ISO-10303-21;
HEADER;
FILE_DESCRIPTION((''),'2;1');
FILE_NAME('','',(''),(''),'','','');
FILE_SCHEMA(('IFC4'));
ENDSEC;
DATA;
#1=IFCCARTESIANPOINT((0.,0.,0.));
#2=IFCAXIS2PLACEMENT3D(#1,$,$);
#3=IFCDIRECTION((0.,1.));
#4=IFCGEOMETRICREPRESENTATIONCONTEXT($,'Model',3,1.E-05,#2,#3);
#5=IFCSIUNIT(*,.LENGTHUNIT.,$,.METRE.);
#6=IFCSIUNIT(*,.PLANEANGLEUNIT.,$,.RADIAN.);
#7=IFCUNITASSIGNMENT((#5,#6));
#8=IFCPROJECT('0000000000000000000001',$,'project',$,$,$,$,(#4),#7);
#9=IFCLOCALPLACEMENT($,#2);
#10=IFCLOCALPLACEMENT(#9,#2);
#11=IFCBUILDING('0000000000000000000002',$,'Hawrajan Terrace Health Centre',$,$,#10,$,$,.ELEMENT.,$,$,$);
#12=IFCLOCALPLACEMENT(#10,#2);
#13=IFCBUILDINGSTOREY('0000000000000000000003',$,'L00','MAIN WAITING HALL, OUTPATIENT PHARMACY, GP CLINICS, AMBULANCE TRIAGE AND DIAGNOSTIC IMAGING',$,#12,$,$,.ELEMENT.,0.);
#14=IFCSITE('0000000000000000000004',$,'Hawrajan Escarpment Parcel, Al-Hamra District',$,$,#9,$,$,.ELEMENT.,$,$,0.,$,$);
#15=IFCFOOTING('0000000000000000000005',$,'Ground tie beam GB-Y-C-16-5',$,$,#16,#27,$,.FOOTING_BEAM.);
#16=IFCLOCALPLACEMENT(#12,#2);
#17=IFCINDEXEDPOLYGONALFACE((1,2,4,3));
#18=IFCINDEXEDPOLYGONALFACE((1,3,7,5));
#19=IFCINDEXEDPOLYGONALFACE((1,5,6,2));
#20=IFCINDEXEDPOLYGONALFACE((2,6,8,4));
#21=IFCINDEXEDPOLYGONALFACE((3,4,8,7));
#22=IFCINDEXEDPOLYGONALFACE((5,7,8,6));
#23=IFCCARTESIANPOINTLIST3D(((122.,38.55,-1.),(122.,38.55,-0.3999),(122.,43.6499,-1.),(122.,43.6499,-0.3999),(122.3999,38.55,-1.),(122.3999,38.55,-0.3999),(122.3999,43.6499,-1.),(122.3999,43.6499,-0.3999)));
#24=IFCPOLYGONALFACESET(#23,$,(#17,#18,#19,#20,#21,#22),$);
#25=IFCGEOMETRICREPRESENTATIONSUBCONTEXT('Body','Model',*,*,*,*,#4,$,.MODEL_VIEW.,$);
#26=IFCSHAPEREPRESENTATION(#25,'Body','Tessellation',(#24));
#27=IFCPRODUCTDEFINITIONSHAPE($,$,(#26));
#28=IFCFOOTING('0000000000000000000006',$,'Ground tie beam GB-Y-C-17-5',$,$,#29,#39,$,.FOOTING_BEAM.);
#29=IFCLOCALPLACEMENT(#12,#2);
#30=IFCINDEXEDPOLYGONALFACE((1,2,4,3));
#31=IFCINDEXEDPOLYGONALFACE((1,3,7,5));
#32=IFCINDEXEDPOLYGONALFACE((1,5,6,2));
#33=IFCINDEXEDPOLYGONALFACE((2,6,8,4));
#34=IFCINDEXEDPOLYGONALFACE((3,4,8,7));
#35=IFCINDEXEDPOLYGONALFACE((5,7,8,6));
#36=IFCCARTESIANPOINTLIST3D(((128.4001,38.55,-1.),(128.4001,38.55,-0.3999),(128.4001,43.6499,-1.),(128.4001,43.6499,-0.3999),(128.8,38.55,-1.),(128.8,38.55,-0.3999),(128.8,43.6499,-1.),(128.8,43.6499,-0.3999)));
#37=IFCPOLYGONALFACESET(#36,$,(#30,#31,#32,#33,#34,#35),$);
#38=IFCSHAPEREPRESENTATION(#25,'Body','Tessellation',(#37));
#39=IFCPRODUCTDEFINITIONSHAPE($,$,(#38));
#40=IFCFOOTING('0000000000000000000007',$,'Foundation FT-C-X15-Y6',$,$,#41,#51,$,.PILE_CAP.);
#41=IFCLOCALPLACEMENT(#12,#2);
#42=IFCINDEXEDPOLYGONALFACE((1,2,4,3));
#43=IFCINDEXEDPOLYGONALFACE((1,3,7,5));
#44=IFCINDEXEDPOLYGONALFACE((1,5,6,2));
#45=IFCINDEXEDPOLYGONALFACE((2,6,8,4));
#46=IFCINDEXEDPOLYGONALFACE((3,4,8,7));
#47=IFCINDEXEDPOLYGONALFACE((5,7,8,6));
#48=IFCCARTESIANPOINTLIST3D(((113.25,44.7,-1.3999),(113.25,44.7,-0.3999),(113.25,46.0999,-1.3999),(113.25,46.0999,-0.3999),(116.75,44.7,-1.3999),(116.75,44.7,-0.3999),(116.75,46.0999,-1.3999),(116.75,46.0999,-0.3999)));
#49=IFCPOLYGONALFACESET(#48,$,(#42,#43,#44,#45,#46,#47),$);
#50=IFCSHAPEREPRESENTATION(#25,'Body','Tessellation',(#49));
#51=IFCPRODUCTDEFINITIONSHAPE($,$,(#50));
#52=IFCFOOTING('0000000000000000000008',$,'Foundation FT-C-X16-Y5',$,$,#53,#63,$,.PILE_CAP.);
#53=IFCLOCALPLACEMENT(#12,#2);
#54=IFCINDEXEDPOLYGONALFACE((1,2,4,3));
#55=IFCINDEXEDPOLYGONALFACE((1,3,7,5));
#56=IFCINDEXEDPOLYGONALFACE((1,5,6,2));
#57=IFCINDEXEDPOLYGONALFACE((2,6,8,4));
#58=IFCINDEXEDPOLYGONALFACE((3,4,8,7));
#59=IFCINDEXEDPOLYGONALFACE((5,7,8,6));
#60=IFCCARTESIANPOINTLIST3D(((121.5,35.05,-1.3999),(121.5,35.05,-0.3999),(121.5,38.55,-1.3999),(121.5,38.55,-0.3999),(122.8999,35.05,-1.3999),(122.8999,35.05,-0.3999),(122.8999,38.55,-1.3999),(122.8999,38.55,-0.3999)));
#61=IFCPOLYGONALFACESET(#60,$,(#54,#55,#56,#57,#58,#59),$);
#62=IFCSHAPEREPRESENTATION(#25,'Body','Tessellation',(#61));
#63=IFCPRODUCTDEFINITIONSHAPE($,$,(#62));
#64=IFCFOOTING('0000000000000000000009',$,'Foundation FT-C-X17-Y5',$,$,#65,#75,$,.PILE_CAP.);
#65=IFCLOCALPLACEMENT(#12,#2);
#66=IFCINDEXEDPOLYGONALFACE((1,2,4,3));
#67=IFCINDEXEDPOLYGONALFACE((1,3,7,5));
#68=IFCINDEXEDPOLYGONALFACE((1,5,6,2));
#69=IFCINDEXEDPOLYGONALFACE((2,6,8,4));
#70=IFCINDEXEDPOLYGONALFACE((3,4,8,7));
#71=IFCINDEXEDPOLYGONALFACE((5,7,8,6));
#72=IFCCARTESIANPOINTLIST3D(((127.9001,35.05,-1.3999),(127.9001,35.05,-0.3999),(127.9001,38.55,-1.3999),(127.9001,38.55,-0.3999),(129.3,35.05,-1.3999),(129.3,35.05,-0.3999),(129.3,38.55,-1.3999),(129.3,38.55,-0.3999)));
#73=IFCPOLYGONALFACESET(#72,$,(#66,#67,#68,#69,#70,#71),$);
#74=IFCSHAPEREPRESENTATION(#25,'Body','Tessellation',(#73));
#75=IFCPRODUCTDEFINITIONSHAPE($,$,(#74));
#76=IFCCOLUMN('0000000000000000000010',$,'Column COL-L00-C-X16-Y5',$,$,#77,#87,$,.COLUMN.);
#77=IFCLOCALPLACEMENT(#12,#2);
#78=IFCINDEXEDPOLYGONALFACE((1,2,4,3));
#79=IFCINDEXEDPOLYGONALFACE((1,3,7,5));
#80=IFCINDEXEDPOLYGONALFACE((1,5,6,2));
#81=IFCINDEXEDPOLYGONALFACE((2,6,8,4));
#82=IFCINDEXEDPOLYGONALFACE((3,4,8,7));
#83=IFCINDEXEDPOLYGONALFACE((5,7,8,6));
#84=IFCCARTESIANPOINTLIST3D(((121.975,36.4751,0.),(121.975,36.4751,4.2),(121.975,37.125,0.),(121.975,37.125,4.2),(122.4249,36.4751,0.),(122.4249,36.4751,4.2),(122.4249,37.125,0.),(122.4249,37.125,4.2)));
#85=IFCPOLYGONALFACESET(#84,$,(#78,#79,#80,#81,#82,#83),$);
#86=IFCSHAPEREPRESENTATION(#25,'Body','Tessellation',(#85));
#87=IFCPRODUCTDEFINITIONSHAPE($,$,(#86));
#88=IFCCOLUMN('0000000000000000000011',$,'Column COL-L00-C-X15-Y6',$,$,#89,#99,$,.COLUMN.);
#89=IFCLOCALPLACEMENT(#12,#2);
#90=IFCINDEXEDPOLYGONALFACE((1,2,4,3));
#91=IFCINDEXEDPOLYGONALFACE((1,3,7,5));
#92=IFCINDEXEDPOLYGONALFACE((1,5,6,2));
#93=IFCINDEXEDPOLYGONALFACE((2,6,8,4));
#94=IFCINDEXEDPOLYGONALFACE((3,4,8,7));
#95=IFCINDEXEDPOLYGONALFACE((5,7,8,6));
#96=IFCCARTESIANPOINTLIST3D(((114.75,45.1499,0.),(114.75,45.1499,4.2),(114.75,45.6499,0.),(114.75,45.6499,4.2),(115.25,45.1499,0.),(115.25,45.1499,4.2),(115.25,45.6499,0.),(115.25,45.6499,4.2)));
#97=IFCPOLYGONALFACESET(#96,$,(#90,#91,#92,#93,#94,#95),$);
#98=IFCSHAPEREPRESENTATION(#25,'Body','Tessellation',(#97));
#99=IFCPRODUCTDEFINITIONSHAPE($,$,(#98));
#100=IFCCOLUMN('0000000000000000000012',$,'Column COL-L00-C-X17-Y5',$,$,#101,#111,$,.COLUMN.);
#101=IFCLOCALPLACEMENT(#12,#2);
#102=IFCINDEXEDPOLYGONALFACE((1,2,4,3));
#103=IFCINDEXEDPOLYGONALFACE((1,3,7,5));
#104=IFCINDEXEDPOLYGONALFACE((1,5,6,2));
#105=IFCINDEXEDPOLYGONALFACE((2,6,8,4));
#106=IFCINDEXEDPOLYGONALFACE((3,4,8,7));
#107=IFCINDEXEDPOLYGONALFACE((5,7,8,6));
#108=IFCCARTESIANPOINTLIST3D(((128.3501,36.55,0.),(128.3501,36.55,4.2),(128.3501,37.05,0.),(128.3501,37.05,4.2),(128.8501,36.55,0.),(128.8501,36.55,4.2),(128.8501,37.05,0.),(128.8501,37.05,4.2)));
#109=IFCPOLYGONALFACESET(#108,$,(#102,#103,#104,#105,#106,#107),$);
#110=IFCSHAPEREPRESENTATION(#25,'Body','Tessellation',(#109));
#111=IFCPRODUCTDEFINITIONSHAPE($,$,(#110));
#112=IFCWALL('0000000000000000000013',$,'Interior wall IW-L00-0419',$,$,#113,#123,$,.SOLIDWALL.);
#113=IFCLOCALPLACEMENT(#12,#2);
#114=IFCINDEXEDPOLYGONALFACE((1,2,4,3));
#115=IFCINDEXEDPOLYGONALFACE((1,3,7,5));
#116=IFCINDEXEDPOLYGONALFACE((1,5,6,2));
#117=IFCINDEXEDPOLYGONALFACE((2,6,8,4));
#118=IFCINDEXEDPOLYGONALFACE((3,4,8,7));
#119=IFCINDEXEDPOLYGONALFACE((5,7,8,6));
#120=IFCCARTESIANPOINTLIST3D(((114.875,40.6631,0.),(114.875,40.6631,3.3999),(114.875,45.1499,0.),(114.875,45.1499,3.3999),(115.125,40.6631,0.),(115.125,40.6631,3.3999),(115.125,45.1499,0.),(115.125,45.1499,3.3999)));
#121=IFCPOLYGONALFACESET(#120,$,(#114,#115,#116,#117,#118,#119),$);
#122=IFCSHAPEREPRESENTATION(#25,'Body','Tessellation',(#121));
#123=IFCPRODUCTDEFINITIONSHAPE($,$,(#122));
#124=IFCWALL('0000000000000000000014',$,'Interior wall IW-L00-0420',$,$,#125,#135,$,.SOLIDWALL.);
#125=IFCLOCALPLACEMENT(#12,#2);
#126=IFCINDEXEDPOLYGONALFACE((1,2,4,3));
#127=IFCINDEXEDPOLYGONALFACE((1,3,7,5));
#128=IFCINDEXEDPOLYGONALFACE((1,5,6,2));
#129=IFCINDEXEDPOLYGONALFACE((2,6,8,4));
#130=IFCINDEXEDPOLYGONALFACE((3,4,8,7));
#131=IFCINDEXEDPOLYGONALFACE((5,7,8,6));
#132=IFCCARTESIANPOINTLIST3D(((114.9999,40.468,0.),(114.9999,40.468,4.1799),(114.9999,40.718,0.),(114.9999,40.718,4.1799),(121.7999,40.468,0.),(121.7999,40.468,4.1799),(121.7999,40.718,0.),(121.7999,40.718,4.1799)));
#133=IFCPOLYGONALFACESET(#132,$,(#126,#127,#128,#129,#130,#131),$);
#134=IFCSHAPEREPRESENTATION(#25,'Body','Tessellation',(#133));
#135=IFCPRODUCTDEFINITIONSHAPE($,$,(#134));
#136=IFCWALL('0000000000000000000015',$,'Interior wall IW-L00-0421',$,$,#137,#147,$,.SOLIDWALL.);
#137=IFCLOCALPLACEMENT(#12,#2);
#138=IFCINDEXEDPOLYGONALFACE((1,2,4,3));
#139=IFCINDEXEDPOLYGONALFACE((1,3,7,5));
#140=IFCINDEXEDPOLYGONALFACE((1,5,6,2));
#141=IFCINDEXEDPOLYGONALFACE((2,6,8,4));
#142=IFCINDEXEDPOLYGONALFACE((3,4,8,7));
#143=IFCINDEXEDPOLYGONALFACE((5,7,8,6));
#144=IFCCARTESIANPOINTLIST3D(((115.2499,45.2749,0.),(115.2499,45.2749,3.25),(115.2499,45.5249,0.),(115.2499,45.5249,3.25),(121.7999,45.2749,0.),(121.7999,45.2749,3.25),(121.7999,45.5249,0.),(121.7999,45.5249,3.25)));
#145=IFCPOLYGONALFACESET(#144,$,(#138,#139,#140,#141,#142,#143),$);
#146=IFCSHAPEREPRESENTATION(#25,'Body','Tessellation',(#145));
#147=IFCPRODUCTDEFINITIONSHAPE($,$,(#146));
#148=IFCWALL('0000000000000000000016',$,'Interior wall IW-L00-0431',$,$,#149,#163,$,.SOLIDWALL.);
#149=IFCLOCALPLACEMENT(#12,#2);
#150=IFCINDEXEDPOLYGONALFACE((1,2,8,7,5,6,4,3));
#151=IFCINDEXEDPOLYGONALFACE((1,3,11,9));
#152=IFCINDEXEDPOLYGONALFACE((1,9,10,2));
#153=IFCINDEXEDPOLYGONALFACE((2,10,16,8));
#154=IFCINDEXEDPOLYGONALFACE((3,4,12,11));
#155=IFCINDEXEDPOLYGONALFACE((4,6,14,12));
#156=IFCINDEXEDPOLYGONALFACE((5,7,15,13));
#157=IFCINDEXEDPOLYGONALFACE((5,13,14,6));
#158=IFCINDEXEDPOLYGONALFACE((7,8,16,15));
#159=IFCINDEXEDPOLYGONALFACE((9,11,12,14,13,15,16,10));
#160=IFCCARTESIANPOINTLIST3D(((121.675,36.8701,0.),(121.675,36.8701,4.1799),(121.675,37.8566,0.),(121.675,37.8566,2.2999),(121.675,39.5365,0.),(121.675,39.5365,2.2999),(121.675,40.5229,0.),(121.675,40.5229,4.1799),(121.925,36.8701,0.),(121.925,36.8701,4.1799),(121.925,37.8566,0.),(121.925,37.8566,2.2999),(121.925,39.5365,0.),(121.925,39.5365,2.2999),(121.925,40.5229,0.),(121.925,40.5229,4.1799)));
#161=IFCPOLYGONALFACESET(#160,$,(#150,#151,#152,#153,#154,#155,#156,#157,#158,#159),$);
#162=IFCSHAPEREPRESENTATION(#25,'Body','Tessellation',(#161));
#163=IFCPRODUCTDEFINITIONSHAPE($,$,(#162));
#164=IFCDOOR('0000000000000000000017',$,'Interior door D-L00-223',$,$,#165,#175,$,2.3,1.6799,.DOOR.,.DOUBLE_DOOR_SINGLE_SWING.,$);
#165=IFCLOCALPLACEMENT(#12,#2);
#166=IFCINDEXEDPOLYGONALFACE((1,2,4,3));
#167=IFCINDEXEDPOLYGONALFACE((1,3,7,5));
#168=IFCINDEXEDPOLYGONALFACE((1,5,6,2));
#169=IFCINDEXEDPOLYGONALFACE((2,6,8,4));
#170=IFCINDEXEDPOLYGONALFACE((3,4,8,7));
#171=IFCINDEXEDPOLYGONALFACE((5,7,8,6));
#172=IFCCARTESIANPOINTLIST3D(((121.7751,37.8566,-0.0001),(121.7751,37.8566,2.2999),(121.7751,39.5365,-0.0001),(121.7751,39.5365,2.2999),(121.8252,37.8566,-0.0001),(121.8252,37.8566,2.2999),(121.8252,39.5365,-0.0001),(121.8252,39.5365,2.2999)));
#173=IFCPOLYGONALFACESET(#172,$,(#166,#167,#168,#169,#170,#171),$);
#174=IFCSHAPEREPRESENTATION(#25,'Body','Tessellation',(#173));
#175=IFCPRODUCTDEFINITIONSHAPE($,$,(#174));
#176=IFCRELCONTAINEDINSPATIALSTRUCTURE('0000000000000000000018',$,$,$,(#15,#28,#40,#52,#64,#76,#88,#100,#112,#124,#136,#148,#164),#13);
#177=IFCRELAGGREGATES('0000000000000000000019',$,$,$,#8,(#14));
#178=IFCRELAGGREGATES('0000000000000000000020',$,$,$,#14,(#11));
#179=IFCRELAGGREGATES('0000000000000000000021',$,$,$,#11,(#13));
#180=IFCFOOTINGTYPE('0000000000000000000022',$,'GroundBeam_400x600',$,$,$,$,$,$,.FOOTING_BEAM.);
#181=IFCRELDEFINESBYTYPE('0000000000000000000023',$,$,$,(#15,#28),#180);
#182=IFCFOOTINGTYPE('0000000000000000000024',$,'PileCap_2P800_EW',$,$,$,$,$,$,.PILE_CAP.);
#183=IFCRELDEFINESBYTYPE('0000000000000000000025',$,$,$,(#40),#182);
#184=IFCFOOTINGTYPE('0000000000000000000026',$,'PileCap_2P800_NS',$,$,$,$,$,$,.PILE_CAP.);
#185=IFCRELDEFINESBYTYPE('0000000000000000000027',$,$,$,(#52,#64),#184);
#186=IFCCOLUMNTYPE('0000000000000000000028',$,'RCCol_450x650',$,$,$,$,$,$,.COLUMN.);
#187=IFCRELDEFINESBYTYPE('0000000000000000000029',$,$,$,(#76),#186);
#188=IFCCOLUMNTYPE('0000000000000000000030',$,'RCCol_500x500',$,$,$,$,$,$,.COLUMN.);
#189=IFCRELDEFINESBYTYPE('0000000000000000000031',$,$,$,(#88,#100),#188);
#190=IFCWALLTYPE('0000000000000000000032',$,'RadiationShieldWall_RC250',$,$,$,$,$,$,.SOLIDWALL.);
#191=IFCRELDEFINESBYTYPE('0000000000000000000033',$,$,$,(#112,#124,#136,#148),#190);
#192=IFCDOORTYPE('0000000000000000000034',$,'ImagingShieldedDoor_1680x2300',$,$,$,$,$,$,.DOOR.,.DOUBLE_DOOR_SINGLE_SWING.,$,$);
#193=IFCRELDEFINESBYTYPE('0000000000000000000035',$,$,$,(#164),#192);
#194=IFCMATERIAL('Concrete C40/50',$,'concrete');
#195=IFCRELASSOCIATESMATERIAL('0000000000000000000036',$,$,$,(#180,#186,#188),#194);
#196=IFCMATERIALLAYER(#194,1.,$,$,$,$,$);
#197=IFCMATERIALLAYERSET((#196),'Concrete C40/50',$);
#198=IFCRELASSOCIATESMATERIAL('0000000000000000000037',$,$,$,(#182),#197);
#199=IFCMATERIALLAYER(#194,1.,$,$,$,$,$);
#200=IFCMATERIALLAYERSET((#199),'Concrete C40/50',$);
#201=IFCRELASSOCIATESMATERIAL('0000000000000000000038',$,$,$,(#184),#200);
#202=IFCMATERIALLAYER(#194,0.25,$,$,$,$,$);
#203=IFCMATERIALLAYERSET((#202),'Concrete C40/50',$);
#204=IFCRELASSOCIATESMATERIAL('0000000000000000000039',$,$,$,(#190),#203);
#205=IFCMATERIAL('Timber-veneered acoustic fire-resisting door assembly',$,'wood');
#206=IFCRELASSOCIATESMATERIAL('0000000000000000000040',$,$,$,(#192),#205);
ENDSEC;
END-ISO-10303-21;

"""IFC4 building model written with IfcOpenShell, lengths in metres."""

from ifc_helpers import new_model, si_unit, direction, frame, frame_2d, origin, origin_2d, place, context, subcontext, project, spatial, rectangle, extrude, material, layer, layer_set, material_profile, profile_set, type_object, element, fill, save


model = new_model("IFC4")

# Units and contexts
model_context = context("Model", 3, precision=1e-05, world=origin(), true_north=direction((0.0, 1.0)))
body_context = subcontext(model_context, "Body", "Model", "MODEL_VIEW")
ifc_project = project(units=[si_unit("LENGTHUNIT", "METRE"), si_unit("PLANEANGLEUNIT", "RADIAN")], contexts=[model_context])

# Site, building, storey
site_placement = place(None, origin())
site = spatial("IfcSite", under=ifc_project, at=site_placement, Name="Hawrajan Escarpment Parcel, Al-Hamra District", CompositionType="ELEMENT", RefElevation=0.0)
building_placement = place(site_placement, origin())
building = spatial("IfcBuilding", under=site, at=building_placement, Name="Hawrajan Terrace Health Centre", CompositionType="ELEMENT")
storey_placement = place(building_placement, origin())
storey = spatial("IfcBuildingStorey", under=building, at=storey_placement, Name="L00", Description="MAIN WAITING HALL, OUTPATIENT PHARMACY, GP CLINICS, AMBULANCE TRIAGE AND DIAGNOSTIC IMAGING", CompositionType="ELEMENT", Elevation=0.0)

# Shared definitions
ifc_material_1 = material(Name="Concrete C40/50", Category="concrete")

# Footings
ifc_material_profile_1 = material_profile(ifc_material_1, rectangle(XDim=0.3999, YDim=0.6001, at=origin_2d()), Name="RC BM 400x600")
ifc_profile_set_1 = profile_set([ifc_material_profile_1], Name="Concrete C40/50")
footing_type_1 = type_object("IfcFootingType", Name="GroundBeam_400x600", PredefinedType="FOOTING_BEAM", material=ifc_profile_set_1)
for number, where, z_axis, x_axis, name in (
    (1, (122.2, 38.55, -0.7), (0.0, 1.0, 0.0), (-1.0, 0.0, 0.0), "Ground tie beam GB-Y-C-16-5"),
    (2, (128.6001, 38.55, -0.7), (0.0, 1.0, 0.0), (-1.0, 0.0, 0.0), "Ground tie beam GB-Y-C-17-5"),
):
    element("IfcFooting", number, at=place(storey_placement, frame(where, z_axis=z_axis, x_axis=x_axis)), inside=storey, type_object=footing_type_1, Name=name, PredefinedType="FOOTING_BEAM", context=body_context, shape_type="SweptSolid", body=[
        extrude(rectangle(XDim=0.3999, YDim=0.6001, at=origin_2d()), origin(), (0.0, 0.0, 1.0), 5.0999),
    ])
ifc_layer_1 = layer(ifc_material_1, 1.0)
ifc_layer_set_1 = layer_set([ifc_layer_1], Name="Concrete C40/50")
footing_type_2 = type_object("IfcFootingType", Name="PileCap_2P800_EW", PredefinedType="PILE_CAP", material=ifc_layer_set_1)
footing_1_placement = place(storey_placement, frame((115.0, 45.3999, -1.3999), z_axis=(0.0, 0.0, 1.0), x_axis=(1.0, 0.0, 0.0)))
element("IfcFooting", 3, at=footing_1_placement, inside=storey, type_object=footing_type_2, Name="Foundation FT-C-X15-Y6", PredefinedType="PILE_CAP", context=body_context, shape_type="SweptSolid", body=[
    extrude(rectangle(XDim=3.5, YDim=1.3999, at=origin_2d()), origin(), (0.0, 0.0, 1.0), 1.0),
])
ifc_layer_2 = layer(ifc_material_1, 1.0)
ifc_layer_set_2 = layer_set([ifc_layer_2], Name="Concrete C40/50")
footing_type_3 = type_object("IfcFootingType", Name="PileCap_2P800_NS", PredefinedType="PILE_CAP", material=ifc_layer_set_2)
for number, where, z_axis, x_axis, name in (
    (4, (122.2, 36.8, -1.3999), (0.0, 0.0, 1.0), (1.0, 0.0, 0.0), "Foundation FT-C-X16-Y5"),
    (5, (128.6001, 36.8, -1.3999), (0.0, 0.0, 1.0), (1.0, 0.0, 0.0), "Foundation FT-C-X17-Y5"),
):
    element("IfcFooting", number, at=place(storey_placement, frame(where, z_axis=z_axis, x_axis=x_axis)), inside=storey, type_object=footing_type_3, Name=name, PredefinedType="PILE_CAP", context=body_context, shape_type="SweptSolid", body=[
        extrude(rectangle(XDim=1.3999, YDim=3.5, at=origin_2d()), origin(), (0.0, 0.0, 1.0), 1.0),
    ])

# Columns
ifc_material_profile_2 = material_profile(ifc_material_1, rectangle(XDim=0.45, YDim=0.6499, at=origin_2d()), Name="RC 450x650")
ifc_profile_set_2 = profile_set([ifc_material_profile_2], Name="Concrete C40/50")
column_type_1 = type_object("IfcColumnType", Name="RCCol_450x650", PredefinedType="COLUMN", material=ifc_profile_set_2)
column_placement = place(storey_placement, frame((122.2, 36.8, 0.0), z_axis=(0.0, 0.0, 1.0), x_axis=(1.0, 0.0, 0.0)))
element("IfcColumn", 6, at=column_placement, inside=storey, type_object=column_type_1, Name="Column COL-L00-C-X16-Y5", PredefinedType="COLUMN", context=body_context, shape_type="SweptSolid", body=[
    extrude(rectangle(XDim=0.45, YDim=0.6499, at=origin_2d()), origin(), (0.0, 0.0, 1.0), 4.2),
])
ifc_material_profile_3 = material_profile(ifc_material_1, rectangle(XDim=0.5, YDim=0.5, at=origin_2d()), Name="RC 500x500")
ifc_profile_set_3 = profile_set([ifc_material_profile_3], Name="Concrete C40/50")
column_type_2 = type_object("IfcColumnType", Name="RCCol_500x500", PredefinedType="COLUMN", material=ifc_profile_set_3)
for number, where, z_axis, x_axis, name in (
    (7, (115.0, 45.3999, 0.0), (0.0, 0.0, 1.0), (1.0, 0.0, 0.0), "Column COL-L00-C-X15-Y6"),
    (8, (128.6001, 36.8, 0.0), (0.0, 0.0, 1.0), (1.0, 0.0, 0.0), "Column COL-L00-C-X17-Y5"),
):
    element("IfcColumn", number, at=place(storey_placement, frame(where, z_axis=z_axis, x_axis=x_axis)), inside=storey, type_object=column_type_2, Name=name, PredefinedType="COLUMN", context=body_context, shape_type="SweptSolid", body=[
        extrude(rectangle(XDim=0.5, YDim=0.5, at=origin_2d()), origin(), (0.0, 0.0, 1.0), 4.2),
    ])

# Walls
ifc_layer_3 = layer(ifc_material_1, 0.25)
ifc_layer_set_3 = layer_set([ifc_layer_3], Name="Concrete C40/50")
wall_type = type_object("IfcWallType", Name="RadiationShieldWall_RC250", PredefinedType="SOLIDWALL", material=ifc_layer_set_3)
wall_1_placement = place(storey_placement, frame((115.0, 40.6631, 0.0), z_axis=(0.0, 0.0, 1.0), x_axis=(0.0, 1.0, 0.0)))
element("IfcWall", 9, at=wall_1_placement, inside=storey, type_object=wall_type, Name="Interior wall IW-L00-0419", PredefinedType="SOLIDWALL", context=body_context, shape_type="SweptSolid", body=[
    extrude(rectangle(XDim=4.4868, YDim=0.25, at=frame_2d((2.2434, 0.0))), origin(), (0.0, 0.0, 1.0), 3.3999),
])
wall_2_placement = place(storey_placement, frame((115.0, 40.593, 0.0), z_axis=(0.0, 0.0, 1.0), x_axis=(1.0, 0.0, 0.0)))
element("IfcWall", 10, at=wall_2_placement, inside=storey, type_object=wall_type, Name="Interior wall IW-L00-0420", PredefinedType="SOLIDWALL", context=body_context, shape_type="SweptSolid", body=[
    extrude(rectangle(XDim=6.8, YDim=0.25, at=frame_2d((3.3999, 0.0))), origin(), (0.0, 0.0, 1.0), 4.1799),
])
wall_3_placement = place(storey_placement, frame((115.25, 45.3999, 0.0), z_axis=(0.0, 0.0, 1.0), x_axis=(1.0, 0.0, 0.0)))
element("IfcWall", 11, at=wall_3_placement, inside=storey, type_object=wall_type, Name="Interior wall IW-L00-0421", PredefinedType="SOLIDWALL", context=body_context, shape_type="SweptSolid", body=[
    extrude(rectangle(XDim=6.55, YDim=0.25, at=frame_2d((3.2749, 0.0))), origin(), (0.0, 0.0, 1.0), 3.25),
])

# Wall, opening, door
wall_4_placement = place(storey_placement, frame((121.8, 36.8701, 0.0), z_axis=(0.0, 0.0, 1.0), x_axis=(0.0, 1.0, 0.0)))
wall_4 = element("IfcWall", 12, at=wall_4_placement, inside=storey, type_object=wall_type, Name="Interior wall IW-L00-0431", PredefinedType="SOLIDWALL", context=body_context, shape_type="SweptSolid", body=[
    extrude(rectangle(XDim=3.6528, YDim=0.25, at=frame_2d((1.8264, 0.0))), origin(), (0.0, 0.0, 1.0), 4.1799),
])
opening_1_placement = place(wall_4_placement, frame((0.9866, 0.0, 0.0)))
opening_1 = element("IfcOpeningElement", 13, at=opening_1_placement, cuts=wall_4, PredefinedType="OPENING", context=body_context, shape_type="SweptSolid", body=[
    extrude(rectangle(XDim=1.6799, YDim=2.3, at=frame_2d((0.8398, 1.1499))), frame((0.0, 0.135, 0.0), z_axis=(0.0, -1.0, 0.0), x_axis=(1.0, 0.0, 0.0)), (0.0, 0.0, 1.0), 0.27),
])
ifc_material_2 = material(Name="Timber-veneered acoustic fire-resisting door assembly", Category="wood")
door_type_1 = type_object("IfcDoorType", Name="ImagingShieldedDoor_1680x2300", OperationType="DOUBLE_DOOR_SINGLE_SWING", PredefinedType="DOOR", material=ifc_material_2)
door_1_placement = place(opening_1_placement, origin())
door_1 = element("IfcDoor", 14, at=door_1_placement, inside=storey, type_object=door_type_1, Name="Interior door D-L00-223", OperationType="DOUBLE_DOOR_SINGLE_SWING", OverallHeight=2.3, OverallWidth=1.6799, PredefinedType="DOOR", context=body_context, shape_type="SweptSolid", body=[
    extrude(rectangle(XDim=1.6799, YDim=2.3, at=frame_2d((0.8398, 1.1499))), frame((0.0, 0.0249, 0.0), z_axis=(0.0, -1.0, 0.0), x_axis=(1.0, 0.0, 0.0)), (0.0, 0.0, 1.0), 0.05),
])
fill(opening_1, door_1)

save(model, "model.ifc")
